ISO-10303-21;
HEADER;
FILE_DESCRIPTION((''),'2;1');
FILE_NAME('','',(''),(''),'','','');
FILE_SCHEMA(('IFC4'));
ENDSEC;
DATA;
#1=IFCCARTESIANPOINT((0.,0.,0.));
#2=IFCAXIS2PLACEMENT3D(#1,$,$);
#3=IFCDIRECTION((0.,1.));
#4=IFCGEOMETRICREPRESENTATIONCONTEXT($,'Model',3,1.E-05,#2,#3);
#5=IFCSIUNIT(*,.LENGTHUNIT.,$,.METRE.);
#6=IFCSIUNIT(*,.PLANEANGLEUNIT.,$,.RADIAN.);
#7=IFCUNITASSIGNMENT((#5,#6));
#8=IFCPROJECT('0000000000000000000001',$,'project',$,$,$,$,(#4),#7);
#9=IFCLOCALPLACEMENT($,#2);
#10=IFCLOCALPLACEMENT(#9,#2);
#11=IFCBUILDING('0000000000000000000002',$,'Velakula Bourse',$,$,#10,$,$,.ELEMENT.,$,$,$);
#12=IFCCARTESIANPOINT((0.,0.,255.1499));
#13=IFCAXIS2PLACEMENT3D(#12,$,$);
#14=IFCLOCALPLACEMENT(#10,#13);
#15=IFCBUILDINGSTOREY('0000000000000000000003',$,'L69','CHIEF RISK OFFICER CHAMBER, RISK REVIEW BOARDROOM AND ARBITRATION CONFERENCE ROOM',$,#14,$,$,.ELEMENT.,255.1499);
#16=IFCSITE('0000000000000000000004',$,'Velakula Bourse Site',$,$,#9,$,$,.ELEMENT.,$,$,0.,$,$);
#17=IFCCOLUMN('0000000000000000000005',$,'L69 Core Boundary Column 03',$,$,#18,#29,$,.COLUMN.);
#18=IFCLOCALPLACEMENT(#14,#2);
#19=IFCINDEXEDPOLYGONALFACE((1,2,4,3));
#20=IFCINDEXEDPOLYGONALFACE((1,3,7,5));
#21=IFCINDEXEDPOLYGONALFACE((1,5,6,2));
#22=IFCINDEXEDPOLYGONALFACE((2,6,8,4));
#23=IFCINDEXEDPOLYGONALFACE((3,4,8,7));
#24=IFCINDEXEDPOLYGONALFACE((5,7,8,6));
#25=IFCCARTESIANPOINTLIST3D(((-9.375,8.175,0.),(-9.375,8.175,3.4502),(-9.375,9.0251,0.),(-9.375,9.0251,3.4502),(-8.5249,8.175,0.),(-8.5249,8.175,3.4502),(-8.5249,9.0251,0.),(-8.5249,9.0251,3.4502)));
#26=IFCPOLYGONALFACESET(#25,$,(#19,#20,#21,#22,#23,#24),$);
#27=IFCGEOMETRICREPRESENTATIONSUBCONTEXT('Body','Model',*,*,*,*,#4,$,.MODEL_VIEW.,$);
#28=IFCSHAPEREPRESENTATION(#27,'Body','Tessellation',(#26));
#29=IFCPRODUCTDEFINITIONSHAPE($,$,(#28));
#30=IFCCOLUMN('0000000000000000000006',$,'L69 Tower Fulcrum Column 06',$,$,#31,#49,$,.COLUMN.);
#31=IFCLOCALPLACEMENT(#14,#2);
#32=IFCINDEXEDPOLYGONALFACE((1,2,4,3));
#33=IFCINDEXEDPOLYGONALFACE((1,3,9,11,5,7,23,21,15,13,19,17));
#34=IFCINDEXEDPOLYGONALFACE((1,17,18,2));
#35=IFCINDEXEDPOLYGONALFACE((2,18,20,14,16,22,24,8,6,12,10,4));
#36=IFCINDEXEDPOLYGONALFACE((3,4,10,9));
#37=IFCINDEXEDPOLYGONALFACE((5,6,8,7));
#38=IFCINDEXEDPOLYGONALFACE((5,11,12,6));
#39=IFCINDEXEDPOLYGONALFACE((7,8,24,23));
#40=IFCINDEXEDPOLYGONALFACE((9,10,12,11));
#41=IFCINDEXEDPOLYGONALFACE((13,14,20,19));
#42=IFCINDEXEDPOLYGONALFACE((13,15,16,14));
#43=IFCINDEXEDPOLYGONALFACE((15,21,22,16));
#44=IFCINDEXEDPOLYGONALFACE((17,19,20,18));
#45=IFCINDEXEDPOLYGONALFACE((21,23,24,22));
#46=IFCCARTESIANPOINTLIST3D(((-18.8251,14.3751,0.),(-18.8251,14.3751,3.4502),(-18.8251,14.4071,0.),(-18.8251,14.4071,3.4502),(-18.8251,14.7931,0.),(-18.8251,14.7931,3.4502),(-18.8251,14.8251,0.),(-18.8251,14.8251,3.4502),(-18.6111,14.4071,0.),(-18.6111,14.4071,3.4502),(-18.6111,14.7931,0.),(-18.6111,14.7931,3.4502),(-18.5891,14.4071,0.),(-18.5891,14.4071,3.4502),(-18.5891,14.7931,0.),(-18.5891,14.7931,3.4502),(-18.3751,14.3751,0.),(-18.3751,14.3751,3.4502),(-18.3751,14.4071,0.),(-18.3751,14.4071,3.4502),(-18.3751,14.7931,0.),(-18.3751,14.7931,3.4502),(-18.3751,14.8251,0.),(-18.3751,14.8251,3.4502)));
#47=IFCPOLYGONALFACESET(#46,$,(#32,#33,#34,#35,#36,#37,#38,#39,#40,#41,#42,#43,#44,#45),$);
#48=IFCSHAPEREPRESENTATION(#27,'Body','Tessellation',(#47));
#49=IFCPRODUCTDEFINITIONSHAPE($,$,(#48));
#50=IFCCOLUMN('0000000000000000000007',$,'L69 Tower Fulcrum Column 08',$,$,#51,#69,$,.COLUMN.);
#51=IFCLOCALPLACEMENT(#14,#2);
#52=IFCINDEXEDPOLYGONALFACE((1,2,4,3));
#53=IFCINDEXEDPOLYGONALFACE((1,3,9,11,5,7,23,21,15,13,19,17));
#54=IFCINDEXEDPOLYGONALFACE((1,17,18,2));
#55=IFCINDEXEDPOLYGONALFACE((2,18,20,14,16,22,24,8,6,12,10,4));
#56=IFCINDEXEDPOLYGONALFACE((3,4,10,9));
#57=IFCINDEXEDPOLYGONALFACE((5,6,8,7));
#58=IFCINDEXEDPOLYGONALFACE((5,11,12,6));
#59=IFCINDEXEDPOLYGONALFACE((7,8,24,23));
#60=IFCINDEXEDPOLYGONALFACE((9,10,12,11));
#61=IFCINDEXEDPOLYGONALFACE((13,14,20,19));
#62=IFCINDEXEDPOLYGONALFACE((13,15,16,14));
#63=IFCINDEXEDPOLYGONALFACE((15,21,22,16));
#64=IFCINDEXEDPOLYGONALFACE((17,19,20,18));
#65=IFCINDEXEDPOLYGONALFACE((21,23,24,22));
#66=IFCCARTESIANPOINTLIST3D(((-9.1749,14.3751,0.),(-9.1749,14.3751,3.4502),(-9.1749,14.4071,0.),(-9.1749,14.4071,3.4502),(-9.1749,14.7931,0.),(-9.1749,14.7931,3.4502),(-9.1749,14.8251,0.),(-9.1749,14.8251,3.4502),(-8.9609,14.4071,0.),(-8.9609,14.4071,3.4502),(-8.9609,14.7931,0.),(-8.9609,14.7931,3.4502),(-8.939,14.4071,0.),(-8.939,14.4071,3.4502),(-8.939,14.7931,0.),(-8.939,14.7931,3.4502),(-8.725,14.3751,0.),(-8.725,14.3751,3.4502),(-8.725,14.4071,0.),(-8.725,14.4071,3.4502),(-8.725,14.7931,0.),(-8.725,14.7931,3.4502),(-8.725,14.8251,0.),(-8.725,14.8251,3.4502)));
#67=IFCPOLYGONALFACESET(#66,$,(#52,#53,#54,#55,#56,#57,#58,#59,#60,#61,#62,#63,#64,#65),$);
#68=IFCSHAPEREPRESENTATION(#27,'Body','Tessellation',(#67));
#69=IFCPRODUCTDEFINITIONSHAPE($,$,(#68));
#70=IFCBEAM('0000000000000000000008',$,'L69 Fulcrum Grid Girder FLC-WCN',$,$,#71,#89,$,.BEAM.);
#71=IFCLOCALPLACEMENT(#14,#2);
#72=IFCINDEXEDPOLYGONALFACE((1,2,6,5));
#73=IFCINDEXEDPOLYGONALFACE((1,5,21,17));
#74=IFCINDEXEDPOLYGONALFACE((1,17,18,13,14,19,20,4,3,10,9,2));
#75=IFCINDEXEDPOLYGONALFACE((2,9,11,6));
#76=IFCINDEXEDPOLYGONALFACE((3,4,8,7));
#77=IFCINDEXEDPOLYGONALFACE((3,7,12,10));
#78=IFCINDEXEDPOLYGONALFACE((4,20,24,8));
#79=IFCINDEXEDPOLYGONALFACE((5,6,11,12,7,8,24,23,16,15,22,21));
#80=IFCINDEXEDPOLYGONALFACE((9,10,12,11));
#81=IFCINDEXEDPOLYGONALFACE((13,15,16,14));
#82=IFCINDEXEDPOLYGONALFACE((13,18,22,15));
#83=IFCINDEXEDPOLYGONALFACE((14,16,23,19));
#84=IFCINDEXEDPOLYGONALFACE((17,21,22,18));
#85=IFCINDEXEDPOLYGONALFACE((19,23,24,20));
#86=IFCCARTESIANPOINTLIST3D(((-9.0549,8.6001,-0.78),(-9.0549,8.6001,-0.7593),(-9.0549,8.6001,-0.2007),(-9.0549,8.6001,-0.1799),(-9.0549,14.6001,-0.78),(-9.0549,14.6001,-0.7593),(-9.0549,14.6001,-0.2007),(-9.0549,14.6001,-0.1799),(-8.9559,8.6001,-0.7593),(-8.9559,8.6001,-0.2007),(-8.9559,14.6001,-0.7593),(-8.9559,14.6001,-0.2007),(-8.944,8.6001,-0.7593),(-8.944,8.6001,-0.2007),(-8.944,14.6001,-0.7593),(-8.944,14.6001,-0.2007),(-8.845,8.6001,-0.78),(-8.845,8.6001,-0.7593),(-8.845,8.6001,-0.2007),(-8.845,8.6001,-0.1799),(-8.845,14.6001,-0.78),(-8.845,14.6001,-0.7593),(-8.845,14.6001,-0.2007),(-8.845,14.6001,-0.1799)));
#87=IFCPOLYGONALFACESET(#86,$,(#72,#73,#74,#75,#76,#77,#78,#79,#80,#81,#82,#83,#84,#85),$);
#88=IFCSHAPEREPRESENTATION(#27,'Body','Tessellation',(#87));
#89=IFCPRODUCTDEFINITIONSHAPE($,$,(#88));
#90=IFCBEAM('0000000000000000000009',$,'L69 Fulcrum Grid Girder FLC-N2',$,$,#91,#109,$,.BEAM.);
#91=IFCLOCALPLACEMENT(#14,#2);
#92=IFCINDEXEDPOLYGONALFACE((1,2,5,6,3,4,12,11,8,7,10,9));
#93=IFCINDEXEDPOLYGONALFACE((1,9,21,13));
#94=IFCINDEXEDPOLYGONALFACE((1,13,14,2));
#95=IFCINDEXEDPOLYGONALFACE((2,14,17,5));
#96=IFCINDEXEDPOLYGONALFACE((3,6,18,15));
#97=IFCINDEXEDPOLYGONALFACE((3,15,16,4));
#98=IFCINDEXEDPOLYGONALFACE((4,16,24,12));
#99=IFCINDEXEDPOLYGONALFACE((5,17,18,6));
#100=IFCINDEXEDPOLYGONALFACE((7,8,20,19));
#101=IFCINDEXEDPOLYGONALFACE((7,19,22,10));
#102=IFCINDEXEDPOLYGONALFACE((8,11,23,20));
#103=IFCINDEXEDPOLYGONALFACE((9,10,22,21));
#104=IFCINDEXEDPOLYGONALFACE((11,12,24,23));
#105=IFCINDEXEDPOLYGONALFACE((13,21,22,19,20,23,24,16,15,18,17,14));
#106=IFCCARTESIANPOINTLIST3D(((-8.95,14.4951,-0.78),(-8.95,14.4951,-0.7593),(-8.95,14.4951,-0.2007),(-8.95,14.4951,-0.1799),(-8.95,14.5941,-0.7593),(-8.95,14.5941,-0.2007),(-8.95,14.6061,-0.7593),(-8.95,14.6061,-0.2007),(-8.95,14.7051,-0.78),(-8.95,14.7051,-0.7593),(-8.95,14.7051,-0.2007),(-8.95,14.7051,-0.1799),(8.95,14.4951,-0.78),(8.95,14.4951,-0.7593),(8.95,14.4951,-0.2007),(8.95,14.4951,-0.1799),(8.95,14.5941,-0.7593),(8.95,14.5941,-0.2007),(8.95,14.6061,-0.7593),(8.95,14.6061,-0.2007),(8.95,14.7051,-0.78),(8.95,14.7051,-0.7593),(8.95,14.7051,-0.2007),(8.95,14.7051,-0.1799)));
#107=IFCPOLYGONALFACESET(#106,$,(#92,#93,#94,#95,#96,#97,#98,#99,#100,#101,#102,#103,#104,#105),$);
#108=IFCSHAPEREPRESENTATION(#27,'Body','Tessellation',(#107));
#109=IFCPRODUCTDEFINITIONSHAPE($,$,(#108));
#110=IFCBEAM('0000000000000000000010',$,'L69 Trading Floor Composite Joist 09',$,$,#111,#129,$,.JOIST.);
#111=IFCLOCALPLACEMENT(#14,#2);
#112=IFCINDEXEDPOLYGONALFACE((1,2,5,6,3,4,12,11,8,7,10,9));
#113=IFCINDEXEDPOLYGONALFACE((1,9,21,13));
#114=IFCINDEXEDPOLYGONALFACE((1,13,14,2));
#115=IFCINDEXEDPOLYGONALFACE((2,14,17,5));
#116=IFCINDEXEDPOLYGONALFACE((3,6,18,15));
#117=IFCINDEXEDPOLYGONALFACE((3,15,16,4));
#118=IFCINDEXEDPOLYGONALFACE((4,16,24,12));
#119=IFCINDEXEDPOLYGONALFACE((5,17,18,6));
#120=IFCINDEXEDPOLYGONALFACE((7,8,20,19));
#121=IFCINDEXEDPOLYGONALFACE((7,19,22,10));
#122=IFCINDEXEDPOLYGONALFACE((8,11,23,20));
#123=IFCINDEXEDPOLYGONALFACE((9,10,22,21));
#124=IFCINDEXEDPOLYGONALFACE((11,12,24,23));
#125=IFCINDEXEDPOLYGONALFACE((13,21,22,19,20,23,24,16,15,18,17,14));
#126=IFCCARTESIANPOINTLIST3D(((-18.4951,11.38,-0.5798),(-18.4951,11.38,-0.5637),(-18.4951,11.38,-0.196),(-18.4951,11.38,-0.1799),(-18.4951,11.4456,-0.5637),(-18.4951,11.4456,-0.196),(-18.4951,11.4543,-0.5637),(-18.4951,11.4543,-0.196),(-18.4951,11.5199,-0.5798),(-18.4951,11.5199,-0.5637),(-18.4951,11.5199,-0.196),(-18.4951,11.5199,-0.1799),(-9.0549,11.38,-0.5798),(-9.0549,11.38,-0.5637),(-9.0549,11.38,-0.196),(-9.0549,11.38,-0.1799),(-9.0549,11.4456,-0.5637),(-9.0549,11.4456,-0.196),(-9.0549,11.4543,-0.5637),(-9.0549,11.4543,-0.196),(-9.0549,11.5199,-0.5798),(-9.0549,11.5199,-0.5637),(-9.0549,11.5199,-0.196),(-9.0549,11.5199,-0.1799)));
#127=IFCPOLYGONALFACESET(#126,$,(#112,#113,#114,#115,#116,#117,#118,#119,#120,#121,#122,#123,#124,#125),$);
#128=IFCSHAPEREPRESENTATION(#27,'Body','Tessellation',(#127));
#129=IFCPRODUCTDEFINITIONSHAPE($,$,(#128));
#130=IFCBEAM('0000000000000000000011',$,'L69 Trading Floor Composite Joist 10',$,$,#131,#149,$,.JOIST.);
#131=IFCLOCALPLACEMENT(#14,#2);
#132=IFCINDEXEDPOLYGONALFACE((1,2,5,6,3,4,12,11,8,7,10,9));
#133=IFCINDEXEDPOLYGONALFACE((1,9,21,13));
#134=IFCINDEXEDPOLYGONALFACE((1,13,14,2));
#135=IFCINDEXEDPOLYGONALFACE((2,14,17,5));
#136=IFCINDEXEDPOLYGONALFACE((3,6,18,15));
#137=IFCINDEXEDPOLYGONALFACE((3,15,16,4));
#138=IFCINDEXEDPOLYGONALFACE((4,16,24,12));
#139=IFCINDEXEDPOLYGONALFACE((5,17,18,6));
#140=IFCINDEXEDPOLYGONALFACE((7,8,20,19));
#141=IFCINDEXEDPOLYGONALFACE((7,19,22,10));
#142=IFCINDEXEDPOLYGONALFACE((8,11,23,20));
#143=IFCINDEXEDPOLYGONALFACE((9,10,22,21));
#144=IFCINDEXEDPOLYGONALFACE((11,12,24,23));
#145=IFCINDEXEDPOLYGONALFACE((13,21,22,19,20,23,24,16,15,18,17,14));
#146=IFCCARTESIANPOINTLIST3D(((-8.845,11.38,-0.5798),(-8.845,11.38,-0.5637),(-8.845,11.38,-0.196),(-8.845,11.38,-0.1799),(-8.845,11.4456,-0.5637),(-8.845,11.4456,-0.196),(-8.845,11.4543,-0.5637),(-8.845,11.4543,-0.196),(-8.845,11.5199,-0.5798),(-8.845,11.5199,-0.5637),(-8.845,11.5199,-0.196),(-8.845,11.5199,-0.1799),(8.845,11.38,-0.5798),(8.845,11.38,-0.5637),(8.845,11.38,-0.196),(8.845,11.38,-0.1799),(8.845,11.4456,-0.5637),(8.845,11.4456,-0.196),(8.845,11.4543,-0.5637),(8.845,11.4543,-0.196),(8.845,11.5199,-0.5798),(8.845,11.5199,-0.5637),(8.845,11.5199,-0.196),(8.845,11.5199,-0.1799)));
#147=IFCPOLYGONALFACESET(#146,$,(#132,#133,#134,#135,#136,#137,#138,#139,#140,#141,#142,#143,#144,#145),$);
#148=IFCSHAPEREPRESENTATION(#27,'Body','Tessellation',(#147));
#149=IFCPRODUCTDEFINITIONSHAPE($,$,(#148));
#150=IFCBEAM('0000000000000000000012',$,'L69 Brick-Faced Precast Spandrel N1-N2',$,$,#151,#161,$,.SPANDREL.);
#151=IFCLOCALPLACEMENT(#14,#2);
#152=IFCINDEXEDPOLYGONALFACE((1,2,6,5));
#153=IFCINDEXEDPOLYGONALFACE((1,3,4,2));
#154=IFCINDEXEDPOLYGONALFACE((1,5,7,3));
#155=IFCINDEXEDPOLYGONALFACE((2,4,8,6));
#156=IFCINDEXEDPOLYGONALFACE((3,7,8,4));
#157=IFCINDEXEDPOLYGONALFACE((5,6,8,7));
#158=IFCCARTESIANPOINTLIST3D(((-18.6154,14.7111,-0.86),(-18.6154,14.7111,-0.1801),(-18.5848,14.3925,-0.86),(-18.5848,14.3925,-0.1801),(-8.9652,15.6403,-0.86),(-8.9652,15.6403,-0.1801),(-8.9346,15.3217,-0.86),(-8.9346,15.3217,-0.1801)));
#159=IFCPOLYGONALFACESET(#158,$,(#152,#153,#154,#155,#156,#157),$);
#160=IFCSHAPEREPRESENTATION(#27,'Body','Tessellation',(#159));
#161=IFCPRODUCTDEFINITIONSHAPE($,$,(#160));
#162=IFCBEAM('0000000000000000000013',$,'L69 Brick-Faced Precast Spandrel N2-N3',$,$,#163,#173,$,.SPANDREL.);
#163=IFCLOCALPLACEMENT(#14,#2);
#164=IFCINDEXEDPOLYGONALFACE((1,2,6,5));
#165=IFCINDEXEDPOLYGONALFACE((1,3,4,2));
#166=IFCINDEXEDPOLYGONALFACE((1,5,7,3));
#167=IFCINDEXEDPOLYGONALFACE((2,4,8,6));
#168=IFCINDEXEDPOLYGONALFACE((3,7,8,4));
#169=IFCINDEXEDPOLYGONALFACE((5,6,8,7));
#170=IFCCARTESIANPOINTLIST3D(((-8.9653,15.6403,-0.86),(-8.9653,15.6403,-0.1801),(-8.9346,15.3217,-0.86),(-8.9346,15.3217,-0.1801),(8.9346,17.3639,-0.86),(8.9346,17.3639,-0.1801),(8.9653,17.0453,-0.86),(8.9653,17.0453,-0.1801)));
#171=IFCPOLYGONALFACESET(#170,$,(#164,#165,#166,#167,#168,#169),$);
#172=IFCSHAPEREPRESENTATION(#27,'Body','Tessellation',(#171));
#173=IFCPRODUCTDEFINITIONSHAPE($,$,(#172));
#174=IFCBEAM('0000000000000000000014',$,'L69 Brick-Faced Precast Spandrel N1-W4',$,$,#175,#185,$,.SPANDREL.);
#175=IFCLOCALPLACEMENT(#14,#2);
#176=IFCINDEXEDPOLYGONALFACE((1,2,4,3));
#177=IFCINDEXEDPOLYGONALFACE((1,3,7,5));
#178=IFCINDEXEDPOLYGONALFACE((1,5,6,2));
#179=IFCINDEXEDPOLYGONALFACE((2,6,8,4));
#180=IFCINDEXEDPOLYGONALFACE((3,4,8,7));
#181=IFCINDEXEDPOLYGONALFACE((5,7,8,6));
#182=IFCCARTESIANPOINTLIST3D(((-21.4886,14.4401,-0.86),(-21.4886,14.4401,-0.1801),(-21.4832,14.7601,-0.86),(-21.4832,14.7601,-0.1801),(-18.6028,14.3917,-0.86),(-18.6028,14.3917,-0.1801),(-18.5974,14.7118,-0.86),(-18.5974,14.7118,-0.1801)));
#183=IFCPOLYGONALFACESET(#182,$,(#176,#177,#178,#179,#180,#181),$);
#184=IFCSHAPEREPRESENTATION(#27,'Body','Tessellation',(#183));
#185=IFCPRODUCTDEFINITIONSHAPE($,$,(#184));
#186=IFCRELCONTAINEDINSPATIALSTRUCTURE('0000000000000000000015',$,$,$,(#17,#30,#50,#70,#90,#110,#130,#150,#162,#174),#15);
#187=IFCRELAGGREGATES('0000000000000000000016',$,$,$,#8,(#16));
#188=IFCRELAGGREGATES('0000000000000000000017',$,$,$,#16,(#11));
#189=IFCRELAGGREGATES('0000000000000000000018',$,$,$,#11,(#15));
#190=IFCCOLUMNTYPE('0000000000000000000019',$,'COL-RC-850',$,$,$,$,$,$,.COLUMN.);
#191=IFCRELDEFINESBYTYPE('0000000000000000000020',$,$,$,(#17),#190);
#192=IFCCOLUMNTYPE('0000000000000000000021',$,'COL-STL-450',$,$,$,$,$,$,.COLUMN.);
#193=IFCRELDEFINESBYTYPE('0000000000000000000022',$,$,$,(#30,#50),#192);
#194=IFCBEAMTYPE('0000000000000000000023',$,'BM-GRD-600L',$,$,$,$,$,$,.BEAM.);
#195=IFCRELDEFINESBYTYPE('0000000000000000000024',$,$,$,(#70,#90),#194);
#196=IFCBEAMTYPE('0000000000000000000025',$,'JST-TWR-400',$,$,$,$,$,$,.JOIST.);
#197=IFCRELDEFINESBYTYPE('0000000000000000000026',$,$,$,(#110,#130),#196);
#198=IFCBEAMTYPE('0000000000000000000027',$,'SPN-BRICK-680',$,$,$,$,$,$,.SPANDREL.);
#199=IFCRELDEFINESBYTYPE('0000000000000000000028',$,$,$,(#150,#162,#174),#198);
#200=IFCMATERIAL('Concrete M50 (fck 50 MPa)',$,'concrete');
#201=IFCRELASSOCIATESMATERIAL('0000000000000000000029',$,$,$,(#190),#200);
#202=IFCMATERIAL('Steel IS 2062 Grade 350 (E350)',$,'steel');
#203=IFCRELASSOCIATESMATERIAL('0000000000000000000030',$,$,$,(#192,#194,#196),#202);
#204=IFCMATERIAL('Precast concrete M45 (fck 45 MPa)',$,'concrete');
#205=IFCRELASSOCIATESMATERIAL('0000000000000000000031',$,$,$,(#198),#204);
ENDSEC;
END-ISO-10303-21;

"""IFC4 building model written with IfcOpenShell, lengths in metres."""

from ifc_helpers import new_model, si_unit, direction, frame, origin, origin_2d, place, context, subcontext, project, spatial, rectangle, i_section, extrude, material, material_profile, profile_set, type_object, element, save


model = new_model("IFC4")

# Units and contexts
model_context = context("Model", 3, precision=1e-05, world=origin(), true_north=direction((0.0, 1.0)))
body_context = subcontext(model_context, "Body", "Model", "MODEL_VIEW")
ifc_project = project(units=[si_unit("LENGTHUNIT", "METRE"), si_unit("PLANEANGLEUNIT", "RADIAN")], contexts=[model_context])

# Site, building, storey
site_placement = place(None, origin())
site = spatial("IfcSite", under=ifc_project, at=site_placement, Name="Velakula Bourse Site", CompositionType="ELEMENT", RefElevation=0.0)
building_placement = place(site_placement, origin())
building = spatial("IfcBuilding", under=site, at=building_placement, Name="Velakula Bourse", CompositionType="ELEMENT")
storey_placement = place(building_placement, frame((0.0, 0.0, 255.1499)))
storey = spatial("IfcBuildingStorey", under=building, at=storey_placement, Name="L69", Description="CHIEF RISK OFFICER CHAMBER, RISK REVIEW BOARDROOM AND ARBITRATION CONFERENCE ROOM", CompositionType="ELEMENT", Elevation=255.1499)

# Columns
ifc_material_1 = material(Name="Concrete M50 (fck 50 MPa)", Category="concrete")
ifc_material_profile_1 = material_profile(ifc_material_1, rectangle(XDim=0.8501, YDim=0.8501, at=origin_2d()), Name="Concrete M50 (fck 50 MPa)")
ifc_profile_set_1 = profile_set([ifc_material_profile_1], Name="Concrete M50 (fck 50 MPa)")
column_type_1 = type_object("IfcColumnType", Name="COL-RC-850", PredefinedType="COLUMN", material=ifc_profile_set_1)
column_placement = place(storey_placement, frame((-8.95, 8.6001, 0.0), z_axis=(0.0, 0.0, 1.0), x_axis=(1.0, 0.0, 0.0)))
element("IfcColumn", 1, at=column_placement, inside=storey, type_object=column_type_1, Name="L69 Core Boundary Column 03", PredefinedType="COLUMN", context=body_context, shape_type="SweptSolid", body=[
    extrude(rectangle(XDim=0.8501, YDim=0.8501, at=origin_2d()), origin(), (0.0, 0.0, 1.0), 3.4502),
])
ifc_material_2 = material(Name="Steel IS 2062 Grade 350 (E350)", Category="steel")
ifc_material_profile_2 = material_profile(ifc_material_2, i_section(OverallWidth=0.45, OverallDepth=0.45, WebThickness=0.022, FlangeThickness=0.032, at=origin_2d()), Name="Steel IS 2062 Grade 350 (E350)")
ifc_profile_set_2 = profile_set([ifc_material_profile_2], Name="Steel IS 2062 Grade 350 (E350)")
column_type_2 = type_object("IfcColumnType", Name="COL-STL-450", PredefinedType="COLUMN", material=ifc_profile_set_2)
for number, where, z_axis, x_axis, name in (
    (2, (-18.6001, 14.6001, 0.0), (0.0, 0.0, 1.0), (1.0, 0.0, 0.0), "L69 Tower Fulcrum Column 06"),
    (3, (-8.95, 14.6001, 0.0), (0.0, 0.0, 1.0), (1.0, 0.0, 0.0), "L69 Tower Fulcrum Column 08"),
):
    element("IfcColumn", number, at=place(storey_placement, frame(where, z_axis=z_axis, x_axis=x_axis)), inside=storey, type_object=column_type_2, Name=name, PredefinedType="COLUMN", context=body_context, shape_type="SweptSolid", body=[
        extrude(i_section(OverallWidth=0.45, OverallDepth=0.45, WebThickness=0.022, FlangeThickness=0.032, at=origin_2d()), origin(), (0.0, 0.0, 1.0), 3.4502),
    ])

# Beams
ifc_material_profile_3 = material_profile(ifc_material_2, i_section(OverallWidth=0.21, OverallDepth=0.6001, WebThickness=0.012, FlangeThickness=0.0208, at=origin_2d()), Name="Steel IS 2062 Grade 350 (E350)")
ifc_profile_set_3 = profile_set([ifc_material_profile_3], Name="Steel IS 2062 Grade 350 (E350)")
beam_type_1 = type_object("IfcBeamType", Name="BM-GRD-600L", PredefinedType="BEAM", material=ifc_profile_set_3)
beam_1_placement = place(storey_placement, frame((-8.95, 8.6001, -0.48), z_axis=(0.0, 1.0, 0.0), x_axis=(-1.0, 0.0, 0.0)))
element("IfcBeam", 4, at=beam_1_placement, inside=storey, type_object=beam_type_1, Name="L69 Fulcrum Grid Girder FLC-WCN", PredefinedType="BEAM", context=body_context, shape_type="SweptSolid", body=[
    extrude(i_section(OverallWidth=0.21, OverallDepth=0.6001, WebThickness=0.012, FlangeThickness=0.0208, at=origin_2d()), origin(), (0.0, 0.0, 1.0), 6.0),
])
beam_2_placement = place(storey_placement, frame((-8.95, 14.6001, -0.48), z_axis=(1.0, 0.0, 0.0), x_axis=(0.0, 1.0, 0.0)))
element("IfcBeam", 5, at=beam_2_placement, inside=storey, type_object=beam_type_1, Name="L69 Fulcrum Grid Girder FLC-N2", PredefinedType="BEAM", context=body_context, shape_type="SweptSolid", body=[
    extrude(i_section(OverallWidth=0.21, OverallDepth=0.6001, WebThickness=0.012, FlangeThickness=0.0208, at=origin_2d()), origin(), (0.0, 0.0, 1.0), 17.8999),
])
ifc_material_profile_4 = material_profile(ifc_material_2, i_section(OverallWidth=0.1399, OverallDepth=0.3999, WebThickness=0.0088, FlangeThickness=0.0161, at=origin_2d()), Name="Steel IS 2062 Grade 350 (E350)")
ifc_profile_set_4 = profile_set([ifc_material_profile_4], Name="Steel IS 2062 Grade 350 (E350)")
beam_type_2 = type_object("IfcBeamType", Name="JST-TWR-400", PredefinedType="JOIST", material=ifc_profile_set_4)
beam_3_placement = place(storey_placement, frame((-18.4951, 11.45, -0.3799), z_axis=(1.0, 0.0, 0.0), x_axis=(0.0, 1.0, 0.0)))
element("IfcBeam", 6, at=beam_3_placement, inside=storey, type_object=beam_type_2, Name="L69 Trading Floor Composite Joist 09", PredefinedType="JOIST", context=body_context, shape_type="SweptSolid", body=[
    extrude(i_section(OverallWidth=0.1399, OverallDepth=0.3999, WebThickness=0.0088, FlangeThickness=0.0161, at=origin_2d()), origin(), (0.0, 0.0, 1.0), 9.4402),
])
beam_4_placement = place(storey_placement, frame((-8.845, 11.45, -0.3799), z_axis=(1.0, 0.0, 0.0), x_axis=(0.0, 1.0, 0.0)))
element("IfcBeam", 7, at=beam_4_placement, inside=storey, type_object=beam_type_2, Name="L69 Trading Floor Composite Joist 10", PredefinedType="JOIST", context=body_context, shape_type="SweptSolid", body=[
    extrude(i_section(OverallWidth=0.1399, OverallDepth=0.3999, WebThickness=0.0088, FlangeThickness=0.0161, at=origin_2d()), origin(), (0.0, 0.0, 1.0), 17.6899),
])
ifc_material_3 = material(Name="Precast concrete M45 (fck 45 MPa)", Category="concrete")
ifc_material_profile_5 = material_profile(ifc_material_3, rectangle(XDim=0.3201, YDim=0.6799, at=origin_2d()), Name="Precast concrete M45 (fck 45 MPa)")
ifc_profile_set_5 = profile_set([ifc_material_profile_5], Name="Precast concrete M45 (fck 45 MPa)")
beam_type_3 = type_object("IfcBeamType", Name="SPN-BRICK-680", PredefinedType="SPANDREL", material=ifc_profile_set_5)
beam_5_placement = place(storey_placement, frame((-18.6001, 14.5518, -0.52), z_axis=(0.995396, 0.095845, 0.0), x_axis=(-0.095845, 0.995396, 0.0)))
element("IfcBeam", 8, at=beam_5_placement, inside=storey, type_object=beam_type_3, Name="L69 Brick-Faced Precast Spandrel N1-N2", PredefinedType="SPANDREL", context=body_context, shape_type="SweptSolid", body=[
    extrude(rectangle(XDim=0.3201, YDim=0.6799, at=origin_2d()), origin(), (0.0, 0.0, 1.0), 9.6948),
])
beam_6_placement = place(storey_placement, frame((-8.95, 15.481, -0.52), z_axis=(0.995396, 0.09585, 0.0), x_axis=(-0.09585, 0.995396, 0.0)))
element("IfcBeam", 9, at=beam_6_placement, inside=storey, type_object=beam_type_3, Name="L69 Brick-Faced Precast Spandrel N2-N3", PredefinedType="SPANDREL", context=body_context, shape_type="SweptSolid", body=[
    extrude(rectangle(XDim=0.3201, YDim=0.6799, at=origin_2d()), origin(), (0.0, 0.0, 1.0), 17.9827),
])
beam_7_placement = place(storey_placement, frame((-18.6001, 14.5518, -0.52), z_axis=(-0.99986, 0.016749, 0.0), x_axis=(-0.016749, -0.99986, 0.0)))
element("IfcBeam", 10, at=beam_7_placement, inside=storey, type_object=beam_type_3, Name="L69 Brick-Faced Precast Spandrel N1-W4", PredefinedType="SPANDREL", context=body_context, shape_type="SweptSolid", body=[
    extrude(rectangle(XDim=0.3201, YDim=0.6799, at=origin_2d()), origin(), (0.0, 0.0, 1.0), 2.8862),
])

save(model, "model.ifc")
